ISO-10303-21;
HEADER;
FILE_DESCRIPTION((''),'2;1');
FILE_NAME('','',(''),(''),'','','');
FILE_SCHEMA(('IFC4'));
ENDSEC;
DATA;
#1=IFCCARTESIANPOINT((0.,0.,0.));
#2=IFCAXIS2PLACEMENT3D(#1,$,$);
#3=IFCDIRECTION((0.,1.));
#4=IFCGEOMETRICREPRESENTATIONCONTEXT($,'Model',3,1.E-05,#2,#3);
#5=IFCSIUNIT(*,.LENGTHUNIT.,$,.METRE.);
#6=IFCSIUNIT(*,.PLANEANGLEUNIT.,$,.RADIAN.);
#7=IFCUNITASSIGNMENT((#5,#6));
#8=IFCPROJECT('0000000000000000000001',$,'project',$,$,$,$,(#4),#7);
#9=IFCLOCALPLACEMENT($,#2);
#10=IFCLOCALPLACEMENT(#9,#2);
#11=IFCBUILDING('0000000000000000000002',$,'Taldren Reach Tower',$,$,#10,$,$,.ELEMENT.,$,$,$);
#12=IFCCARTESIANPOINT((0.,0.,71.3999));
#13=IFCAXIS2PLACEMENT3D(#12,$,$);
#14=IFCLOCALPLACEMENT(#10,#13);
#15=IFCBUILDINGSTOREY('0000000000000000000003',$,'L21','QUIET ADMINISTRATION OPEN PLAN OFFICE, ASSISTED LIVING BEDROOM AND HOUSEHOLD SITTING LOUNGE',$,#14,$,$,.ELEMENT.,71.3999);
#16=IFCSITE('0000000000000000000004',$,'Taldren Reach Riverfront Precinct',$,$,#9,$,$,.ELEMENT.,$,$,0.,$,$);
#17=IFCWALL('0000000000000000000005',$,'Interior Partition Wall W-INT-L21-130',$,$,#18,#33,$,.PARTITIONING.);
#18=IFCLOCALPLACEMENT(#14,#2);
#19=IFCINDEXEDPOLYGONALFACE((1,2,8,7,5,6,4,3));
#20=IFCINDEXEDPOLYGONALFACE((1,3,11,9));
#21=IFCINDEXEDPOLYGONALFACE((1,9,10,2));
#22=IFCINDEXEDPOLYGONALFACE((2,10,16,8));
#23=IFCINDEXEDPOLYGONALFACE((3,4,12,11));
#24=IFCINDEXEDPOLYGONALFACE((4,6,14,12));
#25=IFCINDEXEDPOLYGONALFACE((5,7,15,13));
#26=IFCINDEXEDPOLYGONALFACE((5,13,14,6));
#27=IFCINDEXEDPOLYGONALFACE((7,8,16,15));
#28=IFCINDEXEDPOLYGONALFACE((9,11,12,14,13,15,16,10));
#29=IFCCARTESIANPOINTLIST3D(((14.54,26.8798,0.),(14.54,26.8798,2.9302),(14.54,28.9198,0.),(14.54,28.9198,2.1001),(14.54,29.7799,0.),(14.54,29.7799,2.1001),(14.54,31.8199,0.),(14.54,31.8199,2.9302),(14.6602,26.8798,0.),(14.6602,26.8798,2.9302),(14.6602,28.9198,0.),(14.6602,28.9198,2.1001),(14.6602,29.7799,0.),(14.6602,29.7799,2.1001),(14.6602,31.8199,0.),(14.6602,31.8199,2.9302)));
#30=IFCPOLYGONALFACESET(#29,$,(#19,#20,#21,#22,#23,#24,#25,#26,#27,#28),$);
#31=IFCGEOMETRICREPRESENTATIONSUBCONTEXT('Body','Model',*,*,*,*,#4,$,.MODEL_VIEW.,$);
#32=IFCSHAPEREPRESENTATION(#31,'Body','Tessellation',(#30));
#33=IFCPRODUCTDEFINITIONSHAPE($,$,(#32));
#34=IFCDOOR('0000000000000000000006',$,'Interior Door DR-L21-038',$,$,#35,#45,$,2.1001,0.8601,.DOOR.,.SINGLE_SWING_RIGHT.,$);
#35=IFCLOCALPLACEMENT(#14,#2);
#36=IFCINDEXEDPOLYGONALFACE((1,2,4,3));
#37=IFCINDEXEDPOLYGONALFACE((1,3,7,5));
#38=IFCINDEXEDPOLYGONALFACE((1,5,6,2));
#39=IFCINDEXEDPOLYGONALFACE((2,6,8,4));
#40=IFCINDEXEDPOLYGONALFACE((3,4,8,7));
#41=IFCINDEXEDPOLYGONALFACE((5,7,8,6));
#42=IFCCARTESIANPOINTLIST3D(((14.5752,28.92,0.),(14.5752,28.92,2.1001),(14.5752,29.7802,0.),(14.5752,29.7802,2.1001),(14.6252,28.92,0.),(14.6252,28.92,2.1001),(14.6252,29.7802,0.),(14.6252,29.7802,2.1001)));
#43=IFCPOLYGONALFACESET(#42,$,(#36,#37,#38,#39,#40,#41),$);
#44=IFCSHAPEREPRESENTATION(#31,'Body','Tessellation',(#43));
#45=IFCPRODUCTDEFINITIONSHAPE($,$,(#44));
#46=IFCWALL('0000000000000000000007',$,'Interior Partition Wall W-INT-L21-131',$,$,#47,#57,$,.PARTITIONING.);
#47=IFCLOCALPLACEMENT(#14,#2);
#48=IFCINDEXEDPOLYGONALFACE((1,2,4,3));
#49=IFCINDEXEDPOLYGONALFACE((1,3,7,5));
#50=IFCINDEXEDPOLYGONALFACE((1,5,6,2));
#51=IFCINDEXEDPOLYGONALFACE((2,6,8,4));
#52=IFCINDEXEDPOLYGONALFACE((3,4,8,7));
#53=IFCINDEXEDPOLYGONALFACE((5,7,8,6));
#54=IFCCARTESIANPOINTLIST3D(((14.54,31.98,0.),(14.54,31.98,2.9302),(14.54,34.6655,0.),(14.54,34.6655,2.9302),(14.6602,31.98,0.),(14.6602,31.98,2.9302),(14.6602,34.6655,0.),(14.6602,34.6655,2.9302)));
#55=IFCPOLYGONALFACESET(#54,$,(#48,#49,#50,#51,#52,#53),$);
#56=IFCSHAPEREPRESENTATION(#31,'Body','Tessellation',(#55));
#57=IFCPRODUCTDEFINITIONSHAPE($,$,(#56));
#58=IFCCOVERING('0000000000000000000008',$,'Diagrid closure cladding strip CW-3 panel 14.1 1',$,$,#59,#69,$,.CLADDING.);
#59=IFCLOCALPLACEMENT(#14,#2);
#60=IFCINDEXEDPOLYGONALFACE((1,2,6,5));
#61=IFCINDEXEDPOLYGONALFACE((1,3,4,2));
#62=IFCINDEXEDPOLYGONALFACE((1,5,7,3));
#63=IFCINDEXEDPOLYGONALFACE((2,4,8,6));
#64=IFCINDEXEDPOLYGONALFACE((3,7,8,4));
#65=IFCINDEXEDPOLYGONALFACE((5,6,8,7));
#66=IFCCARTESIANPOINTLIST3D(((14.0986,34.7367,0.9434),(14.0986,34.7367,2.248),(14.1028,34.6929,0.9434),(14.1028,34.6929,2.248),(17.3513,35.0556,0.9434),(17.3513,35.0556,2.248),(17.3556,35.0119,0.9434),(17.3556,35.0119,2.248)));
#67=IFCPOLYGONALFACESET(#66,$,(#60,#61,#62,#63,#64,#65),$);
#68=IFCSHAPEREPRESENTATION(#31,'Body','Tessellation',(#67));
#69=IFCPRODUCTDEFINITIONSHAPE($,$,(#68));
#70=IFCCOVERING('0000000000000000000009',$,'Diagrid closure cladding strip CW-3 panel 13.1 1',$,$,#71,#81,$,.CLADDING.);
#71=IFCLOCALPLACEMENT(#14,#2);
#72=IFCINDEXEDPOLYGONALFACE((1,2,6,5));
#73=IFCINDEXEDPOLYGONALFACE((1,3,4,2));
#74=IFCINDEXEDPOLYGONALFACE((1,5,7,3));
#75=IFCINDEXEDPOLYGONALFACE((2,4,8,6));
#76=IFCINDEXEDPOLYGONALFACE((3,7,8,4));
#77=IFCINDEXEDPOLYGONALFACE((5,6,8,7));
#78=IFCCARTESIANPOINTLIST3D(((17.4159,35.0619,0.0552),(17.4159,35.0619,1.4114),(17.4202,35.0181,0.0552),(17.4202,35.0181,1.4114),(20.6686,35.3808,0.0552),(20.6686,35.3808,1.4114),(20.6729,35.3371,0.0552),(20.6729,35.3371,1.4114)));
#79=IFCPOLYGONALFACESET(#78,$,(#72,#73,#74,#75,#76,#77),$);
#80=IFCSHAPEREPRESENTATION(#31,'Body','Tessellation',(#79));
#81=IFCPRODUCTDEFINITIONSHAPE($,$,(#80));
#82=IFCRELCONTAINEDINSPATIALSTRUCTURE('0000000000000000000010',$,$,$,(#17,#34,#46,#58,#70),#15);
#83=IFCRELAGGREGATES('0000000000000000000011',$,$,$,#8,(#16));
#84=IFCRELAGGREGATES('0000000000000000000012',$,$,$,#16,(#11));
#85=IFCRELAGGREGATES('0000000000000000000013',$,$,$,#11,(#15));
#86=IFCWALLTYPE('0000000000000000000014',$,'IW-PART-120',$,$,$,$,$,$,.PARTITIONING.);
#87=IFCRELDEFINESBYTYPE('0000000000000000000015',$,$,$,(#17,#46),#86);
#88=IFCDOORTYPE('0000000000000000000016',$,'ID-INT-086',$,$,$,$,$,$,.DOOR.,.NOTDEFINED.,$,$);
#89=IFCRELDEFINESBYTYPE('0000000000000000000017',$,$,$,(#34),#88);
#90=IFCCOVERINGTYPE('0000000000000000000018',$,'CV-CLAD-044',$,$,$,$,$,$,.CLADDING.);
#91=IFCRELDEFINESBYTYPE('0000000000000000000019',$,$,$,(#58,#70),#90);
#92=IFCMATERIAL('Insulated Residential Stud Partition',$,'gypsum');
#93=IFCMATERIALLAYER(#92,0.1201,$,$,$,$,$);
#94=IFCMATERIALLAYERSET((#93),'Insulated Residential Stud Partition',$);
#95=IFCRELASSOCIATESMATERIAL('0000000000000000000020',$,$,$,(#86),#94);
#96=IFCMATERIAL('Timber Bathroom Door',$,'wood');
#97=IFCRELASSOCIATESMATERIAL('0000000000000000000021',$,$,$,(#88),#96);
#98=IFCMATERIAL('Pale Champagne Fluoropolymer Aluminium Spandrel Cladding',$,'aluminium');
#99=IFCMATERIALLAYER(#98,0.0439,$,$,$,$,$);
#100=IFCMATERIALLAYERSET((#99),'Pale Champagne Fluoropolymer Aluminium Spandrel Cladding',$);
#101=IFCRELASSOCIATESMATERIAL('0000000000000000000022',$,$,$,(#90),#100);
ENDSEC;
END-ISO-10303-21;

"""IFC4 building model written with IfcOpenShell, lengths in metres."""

from ifc_helpers import new_model, si_unit, direction, frame, frame_2d, origin, origin_2d, place, context, subcontext, project, spatial, rectangle, extrude, source, transform, mapped, material, layer, layer_set, type_object, element, fill, save


model = new_model("IFC4")

# Units and contexts
model_context = context("Model", 3, precision=1e-05, world=origin(), true_north=direction((0.0, 1.0)))
body_context = subcontext(model_context, "Body", "Model", "MODEL_VIEW")
ifc_project = project(units=[si_unit("LENGTHUNIT", "METRE"), si_unit("PLANEANGLEUNIT", "RADIAN")], contexts=[model_context])

# Site, building, storey
site_placement = place(None, origin())
site = spatial("IfcSite", under=ifc_project, at=site_placement, Name="Taldren Reach Riverfront Precinct", CompositionType="ELEMENT", RefElevation=0.0)
building_placement = place(site_placement, origin())
building = spatial("IfcBuilding", under=site, at=building_placement, Name="Taldren Reach Tower", CompositionType="ELEMENT")
storey_placement = place(building_placement, frame((0.0, 0.0, 71.3999)))
storey = spatial("IfcBuildingStorey", under=building, at=storey_placement, Name="L21", Description="QUIET ADMINISTRATION OPEN PLAN OFFICE, ASSISTED LIVING BEDROOM AND HOUSEHOLD SITTING LOUNGE", CompositionType="ELEMENT", Elevation=71.3999)

# Wall, opening, door
ifc_material_1 = material(Name="Insulated Residential Stud Partition", Category="gypsum")
ifc_layer_1 = layer(ifc_material_1, 0.1201)
ifc_layer_set_1 = layer_set([ifc_layer_1], Name="Insulated Residential Stud Partition")
wall_type_1 = type_object("IfcWallType", Name="IW-PART-120", PredefinedType="PARTITIONING", material=ifc_layer_set_1)
shared_shape_1 = source(origin(), body_context, "Body", "SweptSolid", [
    extrude(rectangle(XDim=4.9402, YDim=0.1201, at=frame_2d((2.4702, 0.0))), origin(), (0.0, 0.0, 1.0), 2.9302),
])
wall_1_placement = place(storey_placement, frame((14.6001, 31.8201, 0.0), z_axis=(0.0, 0.0, 1.0), x_axis=(0.0, -1.0, 0.0)))
wall_1 = element("IfcWall", 1, at=wall_1_placement, inside=storey, type_object=wall_type_1, Name="Interior Partition Wall W-INT-L21-130", PredefinedType="PARTITIONING", context=body_context, shape_type="MappedRepresentation", body=[
    mapped(shared_shape_1, transform((0.0, 0.0, 0.0), scale=1.0)),
])
shared_shape_2 = source(origin(), body_context, "Body", "SweptSolid", [
    extrude(rectangle(XDim=0.8601, YDim=2.1001, at=frame_2d((0.4302, 1.05))), frame((0.0, 0.0701, 0.0), z_axis=(0.0, -1.0, 0.0), x_axis=(1.0, 0.0, 0.0)), (0.0, 0.0, 1.0), 0.1401),
])
opening_placement = place(wall_1_placement, frame((2.04, 0.0, 0.0)))
opening = element("IfcOpeningElement", 2, at=opening_placement, cuts=wall_1, PredefinedType="OPENING", context=body_context, shape_type="MappedRepresentation", body=[
    mapped(shared_shape_2, transform((0.0, 0.0, 0.0), scale=1.0)),
])
ifc_material_2 = material(Name="Timber Bathroom Door", Category="wood")
door_type = type_object("IfcDoorType", Name="ID-INT-086", OperationType="NOTDEFINED", PredefinedType="DOOR", material=ifc_material_2)
shared_shape_3 = source(origin(), body_context, "Body", "SweptSolid", [
    extrude(rectangle(XDim=0.8601, YDim=2.1001, at=frame_2d((0.4302, 1.05))), frame((0.0, 0.0249, 0.0), z_axis=(0.0, -1.0, 0.0), x_axis=(1.0, 0.0, 0.0)), (0.0, 0.0, 1.0), 0.05),
])
door_placement = place(opening_placement, frame((0.8601, 0.0, 0.0), z_axis=(0.0, 0.0, 1.0), x_axis=(-1.0, 0.0, 0.0)))
door = element("IfcDoor", 3, at=door_placement, inside=storey, type_object=door_type, Name="Interior Door DR-L21-038", OperationType="SINGLE_SWING_RIGHT", OverallHeight=2.1001, OverallWidth=0.8601, PredefinedType="DOOR", context=body_context, shape_type="MappedRepresentation", body=[
    mapped(shared_shape_3, transform((0.0, 0.0, 0.0), scale=1.0)),
])
fill(opening, door)

# Wall
shared_shape_4 = source(origin(), body_context, "Body", "SweptSolid", [
    extrude(rectangle(XDim=2.6855, YDim=0.1201, at=frame_2d((1.3428, 0.0))), origin(), (0.0, 0.0, 1.0), 2.9302),
])
wall_2_placement = place(storey_placement, frame((14.6001, 34.6655, 0.0), z_axis=(0.0, 0.0, 1.0), x_axis=(0.0, -1.0, 0.0)))
element("IfcWall", 4, at=wall_2_placement, inside=storey, type_object=wall_type_1, Name="Interior Partition Wall W-INT-L21-131", PredefinedType="PARTITIONING", context=body_context, shape_type="MappedRepresentation", body=[
    mapped(shared_shape_4, transform((0.0, 0.0, 0.0), scale=1.0)),
])

# Coverings
ifc_material_3 = material(Name="Pale Champagne Fluoropolymer Aluminium Spandrel Cladding", Category="aluminium")
ifc_layer_2 = layer(ifc_material_3, 0.0439)
ifc_layer_set_2 = layer_set([ifc_layer_2], Name="Pale Champagne Fluoropolymer Aluminium Spandrel Cladding")
covering_type = type_object("IfcCoveringType", Name="CV-CLAD-044", PredefinedType="CLADDING", material=ifc_layer_set_2)
shared_shape_5 = source(origin(), body_context, "Body", "SweptSolid", [
    extrude(rectangle(XDim=3.2683, YDim=0.0439, at=origin_2d()), origin(), (0.0, 0.0, 1.0), 1.3047),
])
covering_1_placement = place(storey_placement, frame((15.7271, 34.8743, 0.9434), z_axis=(0.0, 0.0, 1.0), x_axis=(-0.995227, -0.097583, 0.0)))
element("IfcCovering", 5, at=covering_1_placement, inside=storey, type_object=covering_type, Name="Diagrid closure cladding strip CW-3 panel 14.1 1", PredefinedType="CLADDING", context=body_context, shape_type="MappedRepresentation", body=[
    mapped(shared_shape_5, transform((0.0, 0.0, 0.0), scale=1.0)),
])
shared_shape_6 = source(origin(), body_context, "Body", "SweptSolid", [
    extrude(rectangle(XDim=3.2683, YDim=0.0439, at=origin_2d()), origin(), (0.0, 0.0, 1.0), 1.3562),
])
covering_2_placement = place(storey_placement, frame((19.0444, 35.1995, 0.0552), z_axis=(0.0, 0.0, 1.0), x_axis=(-0.995227, -0.097583, 0.0)))
element("IfcCovering", 6, at=covering_2_placement, inside=storey, type_object=covering_type, Name="Diagrid closure cladding strip CW-3 panel 13.1 1", PredefinedType="CLADDING", context=body_context, shape_type="MappedRepresentation", body=[
    mapped(shared_shape_6, transform((0.0, 0.0, 0.0), scale=1.0)),
])

save(model, "model.ifc")
